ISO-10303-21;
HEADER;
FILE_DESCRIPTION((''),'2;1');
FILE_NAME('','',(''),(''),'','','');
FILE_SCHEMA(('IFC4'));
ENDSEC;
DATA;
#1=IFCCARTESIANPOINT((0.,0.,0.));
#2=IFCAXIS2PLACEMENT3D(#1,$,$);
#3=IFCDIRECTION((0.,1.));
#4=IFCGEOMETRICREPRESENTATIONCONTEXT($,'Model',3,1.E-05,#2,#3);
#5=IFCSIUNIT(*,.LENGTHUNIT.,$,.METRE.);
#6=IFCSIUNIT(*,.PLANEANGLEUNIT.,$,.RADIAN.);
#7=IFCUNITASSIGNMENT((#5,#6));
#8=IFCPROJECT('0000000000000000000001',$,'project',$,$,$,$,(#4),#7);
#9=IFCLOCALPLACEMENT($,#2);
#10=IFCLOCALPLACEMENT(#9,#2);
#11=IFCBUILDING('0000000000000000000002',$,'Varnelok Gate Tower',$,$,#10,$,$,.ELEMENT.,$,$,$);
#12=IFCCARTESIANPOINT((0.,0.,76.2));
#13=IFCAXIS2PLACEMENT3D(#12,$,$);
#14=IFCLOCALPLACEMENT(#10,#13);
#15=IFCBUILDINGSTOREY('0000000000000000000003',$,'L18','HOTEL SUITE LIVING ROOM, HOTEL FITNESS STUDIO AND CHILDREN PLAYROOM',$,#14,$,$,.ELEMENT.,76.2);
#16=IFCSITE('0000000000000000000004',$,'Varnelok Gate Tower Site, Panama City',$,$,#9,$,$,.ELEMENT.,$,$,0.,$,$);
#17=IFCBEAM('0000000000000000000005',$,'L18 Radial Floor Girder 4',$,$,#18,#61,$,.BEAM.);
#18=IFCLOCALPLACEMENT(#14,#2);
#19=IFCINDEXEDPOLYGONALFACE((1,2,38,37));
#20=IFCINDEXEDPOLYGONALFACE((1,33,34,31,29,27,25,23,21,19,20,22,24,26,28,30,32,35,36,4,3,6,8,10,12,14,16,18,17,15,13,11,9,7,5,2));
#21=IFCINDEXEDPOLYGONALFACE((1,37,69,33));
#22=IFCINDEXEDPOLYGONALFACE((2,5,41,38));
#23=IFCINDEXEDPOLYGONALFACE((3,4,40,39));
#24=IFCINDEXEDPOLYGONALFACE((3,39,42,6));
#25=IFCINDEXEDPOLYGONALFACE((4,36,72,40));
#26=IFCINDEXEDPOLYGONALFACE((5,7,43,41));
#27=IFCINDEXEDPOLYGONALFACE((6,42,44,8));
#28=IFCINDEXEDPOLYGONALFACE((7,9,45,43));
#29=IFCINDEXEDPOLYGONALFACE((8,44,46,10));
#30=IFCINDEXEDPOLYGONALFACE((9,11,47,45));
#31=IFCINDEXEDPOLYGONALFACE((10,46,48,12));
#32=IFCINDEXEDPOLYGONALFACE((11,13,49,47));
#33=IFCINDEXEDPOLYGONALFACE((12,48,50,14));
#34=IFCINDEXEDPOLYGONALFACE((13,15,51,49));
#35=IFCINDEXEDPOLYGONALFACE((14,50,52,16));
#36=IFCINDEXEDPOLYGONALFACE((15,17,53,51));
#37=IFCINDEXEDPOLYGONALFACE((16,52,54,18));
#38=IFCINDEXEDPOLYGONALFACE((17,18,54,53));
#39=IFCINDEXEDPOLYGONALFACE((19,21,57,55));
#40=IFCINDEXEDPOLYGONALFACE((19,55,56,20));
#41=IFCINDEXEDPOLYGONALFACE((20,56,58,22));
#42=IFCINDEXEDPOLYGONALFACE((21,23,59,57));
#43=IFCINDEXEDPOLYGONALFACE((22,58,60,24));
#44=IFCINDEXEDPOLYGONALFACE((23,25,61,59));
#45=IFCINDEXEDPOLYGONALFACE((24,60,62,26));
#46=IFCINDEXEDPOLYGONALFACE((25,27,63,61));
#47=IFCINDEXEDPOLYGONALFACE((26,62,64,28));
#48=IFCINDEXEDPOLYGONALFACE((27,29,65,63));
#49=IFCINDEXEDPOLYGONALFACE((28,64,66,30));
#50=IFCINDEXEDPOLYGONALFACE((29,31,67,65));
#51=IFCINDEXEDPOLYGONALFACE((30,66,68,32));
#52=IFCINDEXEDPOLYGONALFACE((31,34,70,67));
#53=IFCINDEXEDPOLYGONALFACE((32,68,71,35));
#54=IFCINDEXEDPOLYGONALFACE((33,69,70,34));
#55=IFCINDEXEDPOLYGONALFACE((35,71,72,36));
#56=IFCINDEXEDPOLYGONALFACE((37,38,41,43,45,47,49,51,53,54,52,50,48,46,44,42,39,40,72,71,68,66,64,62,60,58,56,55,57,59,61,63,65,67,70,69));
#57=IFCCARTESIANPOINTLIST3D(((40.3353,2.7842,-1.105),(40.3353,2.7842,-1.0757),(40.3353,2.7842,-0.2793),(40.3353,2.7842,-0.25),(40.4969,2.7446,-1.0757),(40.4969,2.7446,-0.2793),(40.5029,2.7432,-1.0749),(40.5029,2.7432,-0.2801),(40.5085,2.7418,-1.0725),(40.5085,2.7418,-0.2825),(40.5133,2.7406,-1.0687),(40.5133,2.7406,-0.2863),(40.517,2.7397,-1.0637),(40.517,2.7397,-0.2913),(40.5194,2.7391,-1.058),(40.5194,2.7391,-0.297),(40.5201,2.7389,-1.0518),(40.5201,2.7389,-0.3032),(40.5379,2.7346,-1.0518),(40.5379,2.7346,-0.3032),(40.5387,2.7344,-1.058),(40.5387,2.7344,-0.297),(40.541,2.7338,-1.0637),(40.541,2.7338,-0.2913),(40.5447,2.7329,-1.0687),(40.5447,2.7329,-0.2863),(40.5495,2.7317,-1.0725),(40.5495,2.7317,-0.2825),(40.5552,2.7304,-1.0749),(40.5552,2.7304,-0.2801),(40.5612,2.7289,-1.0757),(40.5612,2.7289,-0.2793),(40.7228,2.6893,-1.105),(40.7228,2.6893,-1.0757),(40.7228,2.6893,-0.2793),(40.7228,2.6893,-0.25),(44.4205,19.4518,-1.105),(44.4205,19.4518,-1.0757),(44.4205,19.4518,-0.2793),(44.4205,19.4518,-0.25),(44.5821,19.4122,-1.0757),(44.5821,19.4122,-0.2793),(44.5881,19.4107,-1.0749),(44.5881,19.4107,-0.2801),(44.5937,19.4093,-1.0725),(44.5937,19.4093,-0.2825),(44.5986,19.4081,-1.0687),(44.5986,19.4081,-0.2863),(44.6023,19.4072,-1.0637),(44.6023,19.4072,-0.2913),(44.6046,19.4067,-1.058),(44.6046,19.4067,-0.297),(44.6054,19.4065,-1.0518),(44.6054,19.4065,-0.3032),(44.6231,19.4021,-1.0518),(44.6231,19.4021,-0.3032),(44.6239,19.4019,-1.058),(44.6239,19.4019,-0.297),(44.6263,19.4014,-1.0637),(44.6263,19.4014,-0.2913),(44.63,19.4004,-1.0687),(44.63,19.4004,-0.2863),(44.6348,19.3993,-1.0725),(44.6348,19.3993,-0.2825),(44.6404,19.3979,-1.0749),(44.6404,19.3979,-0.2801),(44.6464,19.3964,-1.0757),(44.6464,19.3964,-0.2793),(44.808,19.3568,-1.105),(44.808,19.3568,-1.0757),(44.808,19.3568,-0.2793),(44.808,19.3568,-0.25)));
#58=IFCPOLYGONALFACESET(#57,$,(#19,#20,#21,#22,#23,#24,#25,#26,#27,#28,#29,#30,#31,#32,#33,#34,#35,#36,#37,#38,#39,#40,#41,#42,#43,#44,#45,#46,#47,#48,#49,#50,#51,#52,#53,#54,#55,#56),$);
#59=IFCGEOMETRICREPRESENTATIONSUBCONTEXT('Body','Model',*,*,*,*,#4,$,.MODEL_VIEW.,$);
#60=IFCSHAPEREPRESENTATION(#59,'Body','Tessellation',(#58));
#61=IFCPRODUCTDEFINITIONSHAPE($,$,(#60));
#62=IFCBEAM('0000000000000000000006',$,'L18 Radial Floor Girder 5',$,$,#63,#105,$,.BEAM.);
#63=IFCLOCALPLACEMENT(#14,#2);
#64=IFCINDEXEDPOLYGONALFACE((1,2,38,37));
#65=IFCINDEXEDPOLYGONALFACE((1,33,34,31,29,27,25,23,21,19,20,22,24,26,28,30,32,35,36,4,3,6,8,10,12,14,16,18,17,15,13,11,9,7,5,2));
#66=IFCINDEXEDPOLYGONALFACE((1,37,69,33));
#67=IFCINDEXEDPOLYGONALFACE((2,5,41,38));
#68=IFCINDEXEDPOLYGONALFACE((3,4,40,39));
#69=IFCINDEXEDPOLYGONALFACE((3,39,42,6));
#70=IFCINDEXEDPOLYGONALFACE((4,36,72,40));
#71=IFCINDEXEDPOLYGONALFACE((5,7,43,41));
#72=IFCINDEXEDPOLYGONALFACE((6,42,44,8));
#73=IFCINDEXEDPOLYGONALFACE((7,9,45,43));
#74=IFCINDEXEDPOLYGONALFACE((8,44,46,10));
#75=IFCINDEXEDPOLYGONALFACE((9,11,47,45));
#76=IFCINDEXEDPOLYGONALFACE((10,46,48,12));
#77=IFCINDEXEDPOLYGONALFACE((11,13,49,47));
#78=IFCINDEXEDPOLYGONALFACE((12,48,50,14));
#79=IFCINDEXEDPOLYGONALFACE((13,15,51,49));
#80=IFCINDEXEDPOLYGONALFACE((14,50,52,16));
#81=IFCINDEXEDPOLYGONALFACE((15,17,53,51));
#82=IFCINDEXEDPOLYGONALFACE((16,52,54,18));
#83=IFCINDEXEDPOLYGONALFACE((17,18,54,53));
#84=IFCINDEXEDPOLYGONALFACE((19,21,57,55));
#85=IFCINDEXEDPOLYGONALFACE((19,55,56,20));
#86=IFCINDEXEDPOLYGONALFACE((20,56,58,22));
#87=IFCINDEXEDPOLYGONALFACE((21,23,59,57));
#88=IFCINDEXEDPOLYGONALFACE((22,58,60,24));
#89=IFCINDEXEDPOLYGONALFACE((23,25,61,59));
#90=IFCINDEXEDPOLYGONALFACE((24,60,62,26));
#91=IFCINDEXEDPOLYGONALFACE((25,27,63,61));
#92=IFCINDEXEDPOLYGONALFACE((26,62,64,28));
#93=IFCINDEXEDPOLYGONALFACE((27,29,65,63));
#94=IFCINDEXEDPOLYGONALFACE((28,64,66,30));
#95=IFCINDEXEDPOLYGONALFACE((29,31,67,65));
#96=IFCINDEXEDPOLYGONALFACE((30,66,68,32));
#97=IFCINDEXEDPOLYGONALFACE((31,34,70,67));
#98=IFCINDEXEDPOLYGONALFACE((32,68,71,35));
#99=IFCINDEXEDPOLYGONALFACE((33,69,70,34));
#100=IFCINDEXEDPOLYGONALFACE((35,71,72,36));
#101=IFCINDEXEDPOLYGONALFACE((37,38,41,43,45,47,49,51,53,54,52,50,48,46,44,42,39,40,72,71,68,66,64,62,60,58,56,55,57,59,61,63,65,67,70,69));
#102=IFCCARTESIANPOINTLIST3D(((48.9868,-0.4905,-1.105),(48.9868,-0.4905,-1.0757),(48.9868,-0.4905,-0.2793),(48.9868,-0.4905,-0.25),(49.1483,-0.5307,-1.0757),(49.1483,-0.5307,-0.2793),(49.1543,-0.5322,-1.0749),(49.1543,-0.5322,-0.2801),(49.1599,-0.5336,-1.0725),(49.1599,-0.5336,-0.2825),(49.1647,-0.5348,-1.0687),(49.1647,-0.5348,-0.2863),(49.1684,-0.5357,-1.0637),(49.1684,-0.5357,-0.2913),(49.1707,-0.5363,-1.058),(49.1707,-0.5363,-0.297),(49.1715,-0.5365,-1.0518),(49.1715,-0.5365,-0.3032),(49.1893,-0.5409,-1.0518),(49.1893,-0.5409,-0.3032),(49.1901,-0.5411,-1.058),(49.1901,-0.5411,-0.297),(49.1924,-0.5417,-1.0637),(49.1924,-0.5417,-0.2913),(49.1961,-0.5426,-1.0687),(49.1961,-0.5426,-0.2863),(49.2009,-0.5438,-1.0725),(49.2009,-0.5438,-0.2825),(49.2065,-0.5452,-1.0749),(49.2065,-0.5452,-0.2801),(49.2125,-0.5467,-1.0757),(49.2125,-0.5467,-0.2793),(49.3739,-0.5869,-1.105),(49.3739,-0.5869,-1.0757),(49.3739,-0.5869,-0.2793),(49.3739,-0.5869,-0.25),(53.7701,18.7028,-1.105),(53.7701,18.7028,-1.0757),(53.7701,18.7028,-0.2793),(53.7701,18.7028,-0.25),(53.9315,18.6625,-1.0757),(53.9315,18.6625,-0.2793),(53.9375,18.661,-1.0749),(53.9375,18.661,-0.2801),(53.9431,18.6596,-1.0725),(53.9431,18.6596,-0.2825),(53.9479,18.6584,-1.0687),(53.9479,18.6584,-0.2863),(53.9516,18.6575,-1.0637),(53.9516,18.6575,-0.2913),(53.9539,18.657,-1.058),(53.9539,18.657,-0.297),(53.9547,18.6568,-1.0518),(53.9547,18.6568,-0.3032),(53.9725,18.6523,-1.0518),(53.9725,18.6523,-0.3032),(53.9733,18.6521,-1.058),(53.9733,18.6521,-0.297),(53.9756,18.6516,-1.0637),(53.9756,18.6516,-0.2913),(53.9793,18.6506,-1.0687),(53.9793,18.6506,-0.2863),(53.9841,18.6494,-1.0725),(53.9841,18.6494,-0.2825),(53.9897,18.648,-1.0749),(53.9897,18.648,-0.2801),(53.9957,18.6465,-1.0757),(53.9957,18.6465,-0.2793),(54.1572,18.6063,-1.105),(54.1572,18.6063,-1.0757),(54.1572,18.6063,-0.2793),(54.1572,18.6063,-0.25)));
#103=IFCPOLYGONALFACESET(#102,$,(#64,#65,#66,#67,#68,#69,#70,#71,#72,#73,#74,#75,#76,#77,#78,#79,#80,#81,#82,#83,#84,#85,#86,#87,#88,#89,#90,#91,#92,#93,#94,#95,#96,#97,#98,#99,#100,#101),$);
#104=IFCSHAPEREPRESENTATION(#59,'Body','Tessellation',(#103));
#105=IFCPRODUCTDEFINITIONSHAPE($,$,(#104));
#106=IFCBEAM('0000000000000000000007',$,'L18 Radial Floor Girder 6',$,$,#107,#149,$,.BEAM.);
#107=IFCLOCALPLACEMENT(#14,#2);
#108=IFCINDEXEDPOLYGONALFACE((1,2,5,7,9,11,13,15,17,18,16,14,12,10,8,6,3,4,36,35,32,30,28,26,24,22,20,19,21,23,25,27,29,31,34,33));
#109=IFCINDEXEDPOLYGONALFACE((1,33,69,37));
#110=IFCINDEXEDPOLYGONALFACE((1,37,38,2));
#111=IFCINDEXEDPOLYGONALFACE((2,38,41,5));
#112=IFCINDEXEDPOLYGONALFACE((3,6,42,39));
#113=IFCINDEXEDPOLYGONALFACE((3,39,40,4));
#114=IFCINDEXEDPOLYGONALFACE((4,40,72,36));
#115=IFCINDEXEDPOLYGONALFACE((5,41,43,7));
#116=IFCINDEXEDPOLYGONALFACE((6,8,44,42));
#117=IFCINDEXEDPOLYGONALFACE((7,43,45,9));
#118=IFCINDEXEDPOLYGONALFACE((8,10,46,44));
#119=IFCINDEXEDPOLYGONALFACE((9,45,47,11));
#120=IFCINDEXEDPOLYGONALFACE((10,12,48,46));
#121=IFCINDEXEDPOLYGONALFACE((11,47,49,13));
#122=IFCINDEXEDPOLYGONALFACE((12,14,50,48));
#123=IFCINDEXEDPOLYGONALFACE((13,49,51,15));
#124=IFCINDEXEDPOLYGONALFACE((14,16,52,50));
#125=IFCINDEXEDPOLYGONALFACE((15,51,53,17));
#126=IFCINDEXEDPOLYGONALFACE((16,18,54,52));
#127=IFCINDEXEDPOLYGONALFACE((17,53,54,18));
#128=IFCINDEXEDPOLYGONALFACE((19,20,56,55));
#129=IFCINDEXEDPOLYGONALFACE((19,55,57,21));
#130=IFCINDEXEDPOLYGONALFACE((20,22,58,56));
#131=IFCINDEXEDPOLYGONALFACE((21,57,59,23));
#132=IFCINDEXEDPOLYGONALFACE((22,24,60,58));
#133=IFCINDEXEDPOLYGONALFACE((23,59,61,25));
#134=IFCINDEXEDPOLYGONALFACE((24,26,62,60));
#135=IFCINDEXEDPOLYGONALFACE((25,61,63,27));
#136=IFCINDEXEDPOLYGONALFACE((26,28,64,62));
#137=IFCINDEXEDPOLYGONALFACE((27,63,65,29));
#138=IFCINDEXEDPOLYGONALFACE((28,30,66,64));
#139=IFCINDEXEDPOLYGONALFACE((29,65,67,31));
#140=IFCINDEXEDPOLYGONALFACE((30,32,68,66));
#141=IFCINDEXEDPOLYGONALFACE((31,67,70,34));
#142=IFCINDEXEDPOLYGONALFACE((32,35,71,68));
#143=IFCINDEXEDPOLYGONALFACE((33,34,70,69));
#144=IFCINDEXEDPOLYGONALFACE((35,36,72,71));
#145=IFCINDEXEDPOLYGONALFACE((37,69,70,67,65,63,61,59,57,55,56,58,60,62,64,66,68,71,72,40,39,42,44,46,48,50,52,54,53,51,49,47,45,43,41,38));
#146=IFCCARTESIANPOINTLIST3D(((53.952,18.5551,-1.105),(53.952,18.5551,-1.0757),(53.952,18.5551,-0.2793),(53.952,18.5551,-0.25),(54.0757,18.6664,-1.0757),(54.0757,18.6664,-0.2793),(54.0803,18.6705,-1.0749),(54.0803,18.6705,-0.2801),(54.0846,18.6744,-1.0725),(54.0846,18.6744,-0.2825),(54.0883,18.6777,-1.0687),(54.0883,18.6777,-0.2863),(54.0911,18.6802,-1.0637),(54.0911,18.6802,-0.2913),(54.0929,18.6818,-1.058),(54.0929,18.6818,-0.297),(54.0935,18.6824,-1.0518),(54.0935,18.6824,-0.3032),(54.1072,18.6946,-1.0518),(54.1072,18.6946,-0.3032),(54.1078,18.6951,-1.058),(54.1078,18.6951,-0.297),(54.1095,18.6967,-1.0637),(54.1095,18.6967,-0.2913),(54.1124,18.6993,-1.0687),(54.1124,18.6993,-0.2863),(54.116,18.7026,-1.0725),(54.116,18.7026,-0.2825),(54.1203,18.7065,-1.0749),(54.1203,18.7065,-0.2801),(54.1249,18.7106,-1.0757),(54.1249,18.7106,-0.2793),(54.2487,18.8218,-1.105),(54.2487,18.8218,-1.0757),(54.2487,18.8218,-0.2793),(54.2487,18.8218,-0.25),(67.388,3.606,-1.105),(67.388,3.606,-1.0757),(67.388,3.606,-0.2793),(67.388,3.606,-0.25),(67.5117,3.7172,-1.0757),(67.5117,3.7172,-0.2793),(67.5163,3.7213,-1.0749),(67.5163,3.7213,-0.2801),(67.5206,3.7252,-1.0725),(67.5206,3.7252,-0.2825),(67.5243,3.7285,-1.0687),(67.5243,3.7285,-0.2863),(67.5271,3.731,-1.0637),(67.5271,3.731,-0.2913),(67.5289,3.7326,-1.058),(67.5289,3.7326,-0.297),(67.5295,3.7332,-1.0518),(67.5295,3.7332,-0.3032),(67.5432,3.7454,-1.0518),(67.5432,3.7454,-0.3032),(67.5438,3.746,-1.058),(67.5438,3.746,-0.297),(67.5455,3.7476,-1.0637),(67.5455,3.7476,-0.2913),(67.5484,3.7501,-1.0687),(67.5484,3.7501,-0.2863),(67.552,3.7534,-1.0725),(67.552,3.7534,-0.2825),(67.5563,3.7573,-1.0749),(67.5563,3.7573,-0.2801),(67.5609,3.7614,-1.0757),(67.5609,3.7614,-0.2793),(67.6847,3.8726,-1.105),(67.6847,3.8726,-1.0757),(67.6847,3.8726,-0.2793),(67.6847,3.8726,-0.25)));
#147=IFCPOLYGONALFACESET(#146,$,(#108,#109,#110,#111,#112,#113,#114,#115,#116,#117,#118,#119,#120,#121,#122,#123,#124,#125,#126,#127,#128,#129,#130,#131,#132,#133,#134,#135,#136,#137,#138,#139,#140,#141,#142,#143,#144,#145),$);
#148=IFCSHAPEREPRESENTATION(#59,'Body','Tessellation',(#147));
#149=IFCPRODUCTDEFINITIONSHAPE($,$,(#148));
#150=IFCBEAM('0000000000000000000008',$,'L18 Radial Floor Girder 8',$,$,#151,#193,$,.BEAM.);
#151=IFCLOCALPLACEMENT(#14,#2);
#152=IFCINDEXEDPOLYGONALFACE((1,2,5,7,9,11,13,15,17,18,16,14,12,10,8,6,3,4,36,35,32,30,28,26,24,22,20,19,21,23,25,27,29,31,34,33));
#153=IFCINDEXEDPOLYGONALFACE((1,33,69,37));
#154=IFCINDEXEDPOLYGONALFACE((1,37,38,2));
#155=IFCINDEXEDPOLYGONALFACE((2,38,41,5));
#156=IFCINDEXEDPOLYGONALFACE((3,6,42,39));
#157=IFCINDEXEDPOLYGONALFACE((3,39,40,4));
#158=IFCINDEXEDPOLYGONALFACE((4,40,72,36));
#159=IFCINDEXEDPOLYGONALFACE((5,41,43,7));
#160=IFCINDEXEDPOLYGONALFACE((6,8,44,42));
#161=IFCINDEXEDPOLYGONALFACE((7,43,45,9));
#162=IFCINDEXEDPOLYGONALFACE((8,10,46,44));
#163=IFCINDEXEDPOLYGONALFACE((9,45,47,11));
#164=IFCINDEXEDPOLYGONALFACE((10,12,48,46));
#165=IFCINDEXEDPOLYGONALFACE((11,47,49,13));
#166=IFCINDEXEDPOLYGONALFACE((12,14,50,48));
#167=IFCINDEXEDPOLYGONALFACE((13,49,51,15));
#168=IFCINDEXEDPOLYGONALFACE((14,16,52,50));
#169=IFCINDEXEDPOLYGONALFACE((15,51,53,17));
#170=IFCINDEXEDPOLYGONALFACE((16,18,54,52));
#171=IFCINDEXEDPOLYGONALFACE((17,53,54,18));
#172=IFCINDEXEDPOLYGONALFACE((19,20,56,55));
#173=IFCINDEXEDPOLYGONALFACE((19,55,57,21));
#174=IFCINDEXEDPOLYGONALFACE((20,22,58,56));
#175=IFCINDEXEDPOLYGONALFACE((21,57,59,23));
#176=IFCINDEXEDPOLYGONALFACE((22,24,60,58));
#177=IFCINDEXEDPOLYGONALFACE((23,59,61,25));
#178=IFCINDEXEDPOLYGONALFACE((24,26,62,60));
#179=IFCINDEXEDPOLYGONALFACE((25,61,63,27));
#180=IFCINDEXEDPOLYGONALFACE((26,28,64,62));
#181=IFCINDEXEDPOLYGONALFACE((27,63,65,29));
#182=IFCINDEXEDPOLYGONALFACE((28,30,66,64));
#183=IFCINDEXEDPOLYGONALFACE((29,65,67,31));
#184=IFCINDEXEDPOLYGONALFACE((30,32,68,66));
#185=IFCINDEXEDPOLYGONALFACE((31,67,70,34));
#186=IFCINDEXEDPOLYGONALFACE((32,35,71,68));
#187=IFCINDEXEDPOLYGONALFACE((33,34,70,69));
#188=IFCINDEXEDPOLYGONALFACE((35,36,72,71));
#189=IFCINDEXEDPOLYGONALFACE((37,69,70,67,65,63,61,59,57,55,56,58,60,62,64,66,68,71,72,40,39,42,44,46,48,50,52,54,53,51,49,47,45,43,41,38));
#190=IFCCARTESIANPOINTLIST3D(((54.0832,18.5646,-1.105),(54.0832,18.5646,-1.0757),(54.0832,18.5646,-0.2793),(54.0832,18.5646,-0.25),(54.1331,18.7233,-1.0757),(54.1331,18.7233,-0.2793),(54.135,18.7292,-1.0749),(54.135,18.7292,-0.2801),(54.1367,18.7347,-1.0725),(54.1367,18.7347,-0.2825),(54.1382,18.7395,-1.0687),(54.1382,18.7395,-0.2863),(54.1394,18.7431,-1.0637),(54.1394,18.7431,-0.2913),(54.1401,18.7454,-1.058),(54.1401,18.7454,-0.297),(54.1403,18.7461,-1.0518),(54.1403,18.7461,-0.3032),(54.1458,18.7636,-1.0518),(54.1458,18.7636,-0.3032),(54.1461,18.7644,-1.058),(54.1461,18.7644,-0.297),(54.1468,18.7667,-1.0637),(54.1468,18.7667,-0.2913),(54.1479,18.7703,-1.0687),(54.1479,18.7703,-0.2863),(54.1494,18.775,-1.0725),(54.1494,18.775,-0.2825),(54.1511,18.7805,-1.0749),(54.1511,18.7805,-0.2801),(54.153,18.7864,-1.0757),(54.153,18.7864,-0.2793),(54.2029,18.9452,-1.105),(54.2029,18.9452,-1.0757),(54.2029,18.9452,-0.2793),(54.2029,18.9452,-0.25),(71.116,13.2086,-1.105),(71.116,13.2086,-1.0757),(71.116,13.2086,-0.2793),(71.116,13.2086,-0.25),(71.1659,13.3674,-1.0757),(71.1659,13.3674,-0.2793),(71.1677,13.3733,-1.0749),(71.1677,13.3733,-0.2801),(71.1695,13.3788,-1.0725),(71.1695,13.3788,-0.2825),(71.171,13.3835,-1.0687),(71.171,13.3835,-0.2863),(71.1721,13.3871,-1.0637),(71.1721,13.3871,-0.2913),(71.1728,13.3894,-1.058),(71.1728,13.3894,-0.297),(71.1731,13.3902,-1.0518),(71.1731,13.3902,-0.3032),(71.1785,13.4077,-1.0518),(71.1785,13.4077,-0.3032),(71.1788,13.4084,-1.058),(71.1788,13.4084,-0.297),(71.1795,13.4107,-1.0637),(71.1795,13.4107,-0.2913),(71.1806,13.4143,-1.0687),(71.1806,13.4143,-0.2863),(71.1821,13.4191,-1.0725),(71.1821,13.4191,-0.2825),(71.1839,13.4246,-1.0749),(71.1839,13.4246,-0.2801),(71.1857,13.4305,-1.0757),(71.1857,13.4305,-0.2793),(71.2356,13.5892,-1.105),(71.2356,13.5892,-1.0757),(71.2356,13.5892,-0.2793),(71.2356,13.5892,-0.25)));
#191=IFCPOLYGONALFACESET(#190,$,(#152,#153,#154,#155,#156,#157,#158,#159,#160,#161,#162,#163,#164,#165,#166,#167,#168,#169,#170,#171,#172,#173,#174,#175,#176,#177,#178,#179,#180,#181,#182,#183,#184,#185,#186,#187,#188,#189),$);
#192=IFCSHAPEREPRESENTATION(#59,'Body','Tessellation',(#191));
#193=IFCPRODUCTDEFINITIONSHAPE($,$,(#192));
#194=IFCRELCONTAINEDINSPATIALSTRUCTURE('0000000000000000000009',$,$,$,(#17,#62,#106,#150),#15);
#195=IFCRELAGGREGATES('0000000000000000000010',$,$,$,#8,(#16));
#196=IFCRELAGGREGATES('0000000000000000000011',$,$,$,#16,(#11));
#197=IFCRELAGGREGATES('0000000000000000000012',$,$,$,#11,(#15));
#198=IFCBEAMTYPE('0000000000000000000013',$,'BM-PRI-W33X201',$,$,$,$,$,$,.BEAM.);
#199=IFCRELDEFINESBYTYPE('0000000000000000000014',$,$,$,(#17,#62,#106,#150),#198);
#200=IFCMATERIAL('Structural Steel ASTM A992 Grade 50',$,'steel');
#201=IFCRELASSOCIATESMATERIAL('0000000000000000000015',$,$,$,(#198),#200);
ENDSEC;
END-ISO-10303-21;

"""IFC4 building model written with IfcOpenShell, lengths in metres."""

from ifc_helpers import new_model, si_unit, direction, frame, origin, origin_2d, place, context, subcontext, project, spatial, i_section, extrude, material, material_profile, profile_set, type_object, element, save


model = new_model("IFC4")

# Units and contexts
model_context = context("Model", 3, precision=1e-05, world=origin(), true_north=direction((0.0, 1.0)))
body_context = subcontext(model_context, "Body", "Model", "MODEL_VIEW")
ifc_project = project(units=[si_unit("LENGTHUNIT", "METRE"), si_unit("PLANEANGLEUNIT", "RADIAN")], contexts=[model_context])

# Site, building, storey
site_placement = place(None, origin())
site = spatial("IfcSite", under=ifc_project, at=site_placement, Name="Varnelok Gate Tower Site, Panama City", CompositionType="ELEMENT", RefElevation=0.0)
building_placement = place(site_placement, origin())
building = spatial("IfcBuilding", under=site, at=building_placement, Name="Varnelok Gate Tower", CompositionType="ELEMENT")
storey_placement = place(building_placement, frame((0.0, 0.0, 76.2)))
storey = spatial("IfcBuildingStorey", under=building, at=storey_placement, Name="L18", Description="HOTEL SUITE LIVING ROOM, HOTEL FITNESS STUDIO AND CHILDREN PLAYROOM", CompositionType="ELEMENT", Elevation=76.2)

# Shared definitions
ifc_material_1 = material(Name="Structural Steel ASTM A992 Grade 50", Category="steel")

# Beams
ifc_material_profile_1 = material_profile(ifc_material_1, i_section(OverallWidth=0.3989, OverallDepth=0.855, WebThickness=0.0183, FlangeThickness=0.0293, FilletRadius=0.0239, at=origin_2d()), Name="W33X201")
ifc_profile_set_1 = profile_set([ifc_material_profile_1], Name="Structural Steel ASTM A992 Grade 50")
beam_type_1 = type_object("IfcBeamType", Name="BM-PRI-W33X201", PredefinedType="BEAM", material=ifc_profile_set_1)
beam_1_placement = place(storey_placement, frame((44.6143, 19.4043, -0.6775), z_axis=(-0.238054, -0.971252, 0.0), x_axis=(0.971252, -0.238054, 0.0)))
element("IfcBeam", 1, at=beam_1_placement, inside=storey, type_object=beam_type_1, Name="L18 Radial Floor Girder 4", PredefinedType="BEAM", context=body_context, shape_type="SweptSolid", body=[
    extrude(i_section(OverallWidth=0.3989, OverallDepth=0.855, WebThickness=0.0183, FlangeThickness=0.0293, FilletRadius=0.0239, at=origin_2d()), origin(), (0.0, 0.0, 1.0), 17.1609),
])
beam_2_placement = place(storey_placement, frame((53.9636, 18.6545, -0.6775), z_axis=(-0.241818, -0.970322, 0.0), x_axis=(0.970322, -0.241818, 0.0)))
element("IfcBeam", 2, at=beam_2_placement, inside=storey, type_object=beam_type_1, Name="L18 Radial Floor Girder 5", PredefinedType="BEAM", context=body_context, shape_type="SweptSolid", body=[
    extrude(i_section(OverallWidth=0.3989, OverallDepth=0.855, WebThickness=0.0183, FlangeThickness=0.0293, FilletRadius=0.0239, at=origin_2d()), origin(), (0.0, 0.0, 1.0), 19.7803),
])
beam_3_placement = place(storey_placement, frame((54.1003, 18.6885, -0.6775), z_axis=(0.668463, -0.743746, 0.0), x_axis=(0.743746, 0.668463, 0.0)))
element("IfcBeam", 3, at=beam_3_placement, inside=storey, type_object=beam_type_1, Name="L18 Radial Floor Girder 6", PredefinedType="BEAM", context=body_context, shape_type="SweptSolid", body=[
    extrude(i_section(OverallWidth=0.3989, OverallDepth=0.855, WebThickness=0.0183, FlangeThickness=0.0293, FilletRadius=0.0239, at=origin_2d()), origin(), (0.0, 0.0, 1.0), 20.0999),
])
beam_4_placement = place(storey_placement, frame((54.1431, 18.7549, -0.6775), z_axis=(0.953949, -0.29997, 0.0), x_axis=(0.29997, 0.953949, 0.0)))
element("IfcBeam", 4, at=beam_4_placement, inside=storey, type_object=beam_type_1, Name="L18 Radial Floor Girder 8", PredefinedType="BEAM", context=body_context, shape_type="SweptSolid", body=[
    extrude(i_section(OverallWidth=0.3989, OverallDepth=0.855, WebThickness=0.0183, FlangeThickness=0.0293, FilletRadius=0.0239, at=origin_2d()), origin(), (0.0, 0.0, 1.0), 17.855),
])

save(model, "model.ifc")
